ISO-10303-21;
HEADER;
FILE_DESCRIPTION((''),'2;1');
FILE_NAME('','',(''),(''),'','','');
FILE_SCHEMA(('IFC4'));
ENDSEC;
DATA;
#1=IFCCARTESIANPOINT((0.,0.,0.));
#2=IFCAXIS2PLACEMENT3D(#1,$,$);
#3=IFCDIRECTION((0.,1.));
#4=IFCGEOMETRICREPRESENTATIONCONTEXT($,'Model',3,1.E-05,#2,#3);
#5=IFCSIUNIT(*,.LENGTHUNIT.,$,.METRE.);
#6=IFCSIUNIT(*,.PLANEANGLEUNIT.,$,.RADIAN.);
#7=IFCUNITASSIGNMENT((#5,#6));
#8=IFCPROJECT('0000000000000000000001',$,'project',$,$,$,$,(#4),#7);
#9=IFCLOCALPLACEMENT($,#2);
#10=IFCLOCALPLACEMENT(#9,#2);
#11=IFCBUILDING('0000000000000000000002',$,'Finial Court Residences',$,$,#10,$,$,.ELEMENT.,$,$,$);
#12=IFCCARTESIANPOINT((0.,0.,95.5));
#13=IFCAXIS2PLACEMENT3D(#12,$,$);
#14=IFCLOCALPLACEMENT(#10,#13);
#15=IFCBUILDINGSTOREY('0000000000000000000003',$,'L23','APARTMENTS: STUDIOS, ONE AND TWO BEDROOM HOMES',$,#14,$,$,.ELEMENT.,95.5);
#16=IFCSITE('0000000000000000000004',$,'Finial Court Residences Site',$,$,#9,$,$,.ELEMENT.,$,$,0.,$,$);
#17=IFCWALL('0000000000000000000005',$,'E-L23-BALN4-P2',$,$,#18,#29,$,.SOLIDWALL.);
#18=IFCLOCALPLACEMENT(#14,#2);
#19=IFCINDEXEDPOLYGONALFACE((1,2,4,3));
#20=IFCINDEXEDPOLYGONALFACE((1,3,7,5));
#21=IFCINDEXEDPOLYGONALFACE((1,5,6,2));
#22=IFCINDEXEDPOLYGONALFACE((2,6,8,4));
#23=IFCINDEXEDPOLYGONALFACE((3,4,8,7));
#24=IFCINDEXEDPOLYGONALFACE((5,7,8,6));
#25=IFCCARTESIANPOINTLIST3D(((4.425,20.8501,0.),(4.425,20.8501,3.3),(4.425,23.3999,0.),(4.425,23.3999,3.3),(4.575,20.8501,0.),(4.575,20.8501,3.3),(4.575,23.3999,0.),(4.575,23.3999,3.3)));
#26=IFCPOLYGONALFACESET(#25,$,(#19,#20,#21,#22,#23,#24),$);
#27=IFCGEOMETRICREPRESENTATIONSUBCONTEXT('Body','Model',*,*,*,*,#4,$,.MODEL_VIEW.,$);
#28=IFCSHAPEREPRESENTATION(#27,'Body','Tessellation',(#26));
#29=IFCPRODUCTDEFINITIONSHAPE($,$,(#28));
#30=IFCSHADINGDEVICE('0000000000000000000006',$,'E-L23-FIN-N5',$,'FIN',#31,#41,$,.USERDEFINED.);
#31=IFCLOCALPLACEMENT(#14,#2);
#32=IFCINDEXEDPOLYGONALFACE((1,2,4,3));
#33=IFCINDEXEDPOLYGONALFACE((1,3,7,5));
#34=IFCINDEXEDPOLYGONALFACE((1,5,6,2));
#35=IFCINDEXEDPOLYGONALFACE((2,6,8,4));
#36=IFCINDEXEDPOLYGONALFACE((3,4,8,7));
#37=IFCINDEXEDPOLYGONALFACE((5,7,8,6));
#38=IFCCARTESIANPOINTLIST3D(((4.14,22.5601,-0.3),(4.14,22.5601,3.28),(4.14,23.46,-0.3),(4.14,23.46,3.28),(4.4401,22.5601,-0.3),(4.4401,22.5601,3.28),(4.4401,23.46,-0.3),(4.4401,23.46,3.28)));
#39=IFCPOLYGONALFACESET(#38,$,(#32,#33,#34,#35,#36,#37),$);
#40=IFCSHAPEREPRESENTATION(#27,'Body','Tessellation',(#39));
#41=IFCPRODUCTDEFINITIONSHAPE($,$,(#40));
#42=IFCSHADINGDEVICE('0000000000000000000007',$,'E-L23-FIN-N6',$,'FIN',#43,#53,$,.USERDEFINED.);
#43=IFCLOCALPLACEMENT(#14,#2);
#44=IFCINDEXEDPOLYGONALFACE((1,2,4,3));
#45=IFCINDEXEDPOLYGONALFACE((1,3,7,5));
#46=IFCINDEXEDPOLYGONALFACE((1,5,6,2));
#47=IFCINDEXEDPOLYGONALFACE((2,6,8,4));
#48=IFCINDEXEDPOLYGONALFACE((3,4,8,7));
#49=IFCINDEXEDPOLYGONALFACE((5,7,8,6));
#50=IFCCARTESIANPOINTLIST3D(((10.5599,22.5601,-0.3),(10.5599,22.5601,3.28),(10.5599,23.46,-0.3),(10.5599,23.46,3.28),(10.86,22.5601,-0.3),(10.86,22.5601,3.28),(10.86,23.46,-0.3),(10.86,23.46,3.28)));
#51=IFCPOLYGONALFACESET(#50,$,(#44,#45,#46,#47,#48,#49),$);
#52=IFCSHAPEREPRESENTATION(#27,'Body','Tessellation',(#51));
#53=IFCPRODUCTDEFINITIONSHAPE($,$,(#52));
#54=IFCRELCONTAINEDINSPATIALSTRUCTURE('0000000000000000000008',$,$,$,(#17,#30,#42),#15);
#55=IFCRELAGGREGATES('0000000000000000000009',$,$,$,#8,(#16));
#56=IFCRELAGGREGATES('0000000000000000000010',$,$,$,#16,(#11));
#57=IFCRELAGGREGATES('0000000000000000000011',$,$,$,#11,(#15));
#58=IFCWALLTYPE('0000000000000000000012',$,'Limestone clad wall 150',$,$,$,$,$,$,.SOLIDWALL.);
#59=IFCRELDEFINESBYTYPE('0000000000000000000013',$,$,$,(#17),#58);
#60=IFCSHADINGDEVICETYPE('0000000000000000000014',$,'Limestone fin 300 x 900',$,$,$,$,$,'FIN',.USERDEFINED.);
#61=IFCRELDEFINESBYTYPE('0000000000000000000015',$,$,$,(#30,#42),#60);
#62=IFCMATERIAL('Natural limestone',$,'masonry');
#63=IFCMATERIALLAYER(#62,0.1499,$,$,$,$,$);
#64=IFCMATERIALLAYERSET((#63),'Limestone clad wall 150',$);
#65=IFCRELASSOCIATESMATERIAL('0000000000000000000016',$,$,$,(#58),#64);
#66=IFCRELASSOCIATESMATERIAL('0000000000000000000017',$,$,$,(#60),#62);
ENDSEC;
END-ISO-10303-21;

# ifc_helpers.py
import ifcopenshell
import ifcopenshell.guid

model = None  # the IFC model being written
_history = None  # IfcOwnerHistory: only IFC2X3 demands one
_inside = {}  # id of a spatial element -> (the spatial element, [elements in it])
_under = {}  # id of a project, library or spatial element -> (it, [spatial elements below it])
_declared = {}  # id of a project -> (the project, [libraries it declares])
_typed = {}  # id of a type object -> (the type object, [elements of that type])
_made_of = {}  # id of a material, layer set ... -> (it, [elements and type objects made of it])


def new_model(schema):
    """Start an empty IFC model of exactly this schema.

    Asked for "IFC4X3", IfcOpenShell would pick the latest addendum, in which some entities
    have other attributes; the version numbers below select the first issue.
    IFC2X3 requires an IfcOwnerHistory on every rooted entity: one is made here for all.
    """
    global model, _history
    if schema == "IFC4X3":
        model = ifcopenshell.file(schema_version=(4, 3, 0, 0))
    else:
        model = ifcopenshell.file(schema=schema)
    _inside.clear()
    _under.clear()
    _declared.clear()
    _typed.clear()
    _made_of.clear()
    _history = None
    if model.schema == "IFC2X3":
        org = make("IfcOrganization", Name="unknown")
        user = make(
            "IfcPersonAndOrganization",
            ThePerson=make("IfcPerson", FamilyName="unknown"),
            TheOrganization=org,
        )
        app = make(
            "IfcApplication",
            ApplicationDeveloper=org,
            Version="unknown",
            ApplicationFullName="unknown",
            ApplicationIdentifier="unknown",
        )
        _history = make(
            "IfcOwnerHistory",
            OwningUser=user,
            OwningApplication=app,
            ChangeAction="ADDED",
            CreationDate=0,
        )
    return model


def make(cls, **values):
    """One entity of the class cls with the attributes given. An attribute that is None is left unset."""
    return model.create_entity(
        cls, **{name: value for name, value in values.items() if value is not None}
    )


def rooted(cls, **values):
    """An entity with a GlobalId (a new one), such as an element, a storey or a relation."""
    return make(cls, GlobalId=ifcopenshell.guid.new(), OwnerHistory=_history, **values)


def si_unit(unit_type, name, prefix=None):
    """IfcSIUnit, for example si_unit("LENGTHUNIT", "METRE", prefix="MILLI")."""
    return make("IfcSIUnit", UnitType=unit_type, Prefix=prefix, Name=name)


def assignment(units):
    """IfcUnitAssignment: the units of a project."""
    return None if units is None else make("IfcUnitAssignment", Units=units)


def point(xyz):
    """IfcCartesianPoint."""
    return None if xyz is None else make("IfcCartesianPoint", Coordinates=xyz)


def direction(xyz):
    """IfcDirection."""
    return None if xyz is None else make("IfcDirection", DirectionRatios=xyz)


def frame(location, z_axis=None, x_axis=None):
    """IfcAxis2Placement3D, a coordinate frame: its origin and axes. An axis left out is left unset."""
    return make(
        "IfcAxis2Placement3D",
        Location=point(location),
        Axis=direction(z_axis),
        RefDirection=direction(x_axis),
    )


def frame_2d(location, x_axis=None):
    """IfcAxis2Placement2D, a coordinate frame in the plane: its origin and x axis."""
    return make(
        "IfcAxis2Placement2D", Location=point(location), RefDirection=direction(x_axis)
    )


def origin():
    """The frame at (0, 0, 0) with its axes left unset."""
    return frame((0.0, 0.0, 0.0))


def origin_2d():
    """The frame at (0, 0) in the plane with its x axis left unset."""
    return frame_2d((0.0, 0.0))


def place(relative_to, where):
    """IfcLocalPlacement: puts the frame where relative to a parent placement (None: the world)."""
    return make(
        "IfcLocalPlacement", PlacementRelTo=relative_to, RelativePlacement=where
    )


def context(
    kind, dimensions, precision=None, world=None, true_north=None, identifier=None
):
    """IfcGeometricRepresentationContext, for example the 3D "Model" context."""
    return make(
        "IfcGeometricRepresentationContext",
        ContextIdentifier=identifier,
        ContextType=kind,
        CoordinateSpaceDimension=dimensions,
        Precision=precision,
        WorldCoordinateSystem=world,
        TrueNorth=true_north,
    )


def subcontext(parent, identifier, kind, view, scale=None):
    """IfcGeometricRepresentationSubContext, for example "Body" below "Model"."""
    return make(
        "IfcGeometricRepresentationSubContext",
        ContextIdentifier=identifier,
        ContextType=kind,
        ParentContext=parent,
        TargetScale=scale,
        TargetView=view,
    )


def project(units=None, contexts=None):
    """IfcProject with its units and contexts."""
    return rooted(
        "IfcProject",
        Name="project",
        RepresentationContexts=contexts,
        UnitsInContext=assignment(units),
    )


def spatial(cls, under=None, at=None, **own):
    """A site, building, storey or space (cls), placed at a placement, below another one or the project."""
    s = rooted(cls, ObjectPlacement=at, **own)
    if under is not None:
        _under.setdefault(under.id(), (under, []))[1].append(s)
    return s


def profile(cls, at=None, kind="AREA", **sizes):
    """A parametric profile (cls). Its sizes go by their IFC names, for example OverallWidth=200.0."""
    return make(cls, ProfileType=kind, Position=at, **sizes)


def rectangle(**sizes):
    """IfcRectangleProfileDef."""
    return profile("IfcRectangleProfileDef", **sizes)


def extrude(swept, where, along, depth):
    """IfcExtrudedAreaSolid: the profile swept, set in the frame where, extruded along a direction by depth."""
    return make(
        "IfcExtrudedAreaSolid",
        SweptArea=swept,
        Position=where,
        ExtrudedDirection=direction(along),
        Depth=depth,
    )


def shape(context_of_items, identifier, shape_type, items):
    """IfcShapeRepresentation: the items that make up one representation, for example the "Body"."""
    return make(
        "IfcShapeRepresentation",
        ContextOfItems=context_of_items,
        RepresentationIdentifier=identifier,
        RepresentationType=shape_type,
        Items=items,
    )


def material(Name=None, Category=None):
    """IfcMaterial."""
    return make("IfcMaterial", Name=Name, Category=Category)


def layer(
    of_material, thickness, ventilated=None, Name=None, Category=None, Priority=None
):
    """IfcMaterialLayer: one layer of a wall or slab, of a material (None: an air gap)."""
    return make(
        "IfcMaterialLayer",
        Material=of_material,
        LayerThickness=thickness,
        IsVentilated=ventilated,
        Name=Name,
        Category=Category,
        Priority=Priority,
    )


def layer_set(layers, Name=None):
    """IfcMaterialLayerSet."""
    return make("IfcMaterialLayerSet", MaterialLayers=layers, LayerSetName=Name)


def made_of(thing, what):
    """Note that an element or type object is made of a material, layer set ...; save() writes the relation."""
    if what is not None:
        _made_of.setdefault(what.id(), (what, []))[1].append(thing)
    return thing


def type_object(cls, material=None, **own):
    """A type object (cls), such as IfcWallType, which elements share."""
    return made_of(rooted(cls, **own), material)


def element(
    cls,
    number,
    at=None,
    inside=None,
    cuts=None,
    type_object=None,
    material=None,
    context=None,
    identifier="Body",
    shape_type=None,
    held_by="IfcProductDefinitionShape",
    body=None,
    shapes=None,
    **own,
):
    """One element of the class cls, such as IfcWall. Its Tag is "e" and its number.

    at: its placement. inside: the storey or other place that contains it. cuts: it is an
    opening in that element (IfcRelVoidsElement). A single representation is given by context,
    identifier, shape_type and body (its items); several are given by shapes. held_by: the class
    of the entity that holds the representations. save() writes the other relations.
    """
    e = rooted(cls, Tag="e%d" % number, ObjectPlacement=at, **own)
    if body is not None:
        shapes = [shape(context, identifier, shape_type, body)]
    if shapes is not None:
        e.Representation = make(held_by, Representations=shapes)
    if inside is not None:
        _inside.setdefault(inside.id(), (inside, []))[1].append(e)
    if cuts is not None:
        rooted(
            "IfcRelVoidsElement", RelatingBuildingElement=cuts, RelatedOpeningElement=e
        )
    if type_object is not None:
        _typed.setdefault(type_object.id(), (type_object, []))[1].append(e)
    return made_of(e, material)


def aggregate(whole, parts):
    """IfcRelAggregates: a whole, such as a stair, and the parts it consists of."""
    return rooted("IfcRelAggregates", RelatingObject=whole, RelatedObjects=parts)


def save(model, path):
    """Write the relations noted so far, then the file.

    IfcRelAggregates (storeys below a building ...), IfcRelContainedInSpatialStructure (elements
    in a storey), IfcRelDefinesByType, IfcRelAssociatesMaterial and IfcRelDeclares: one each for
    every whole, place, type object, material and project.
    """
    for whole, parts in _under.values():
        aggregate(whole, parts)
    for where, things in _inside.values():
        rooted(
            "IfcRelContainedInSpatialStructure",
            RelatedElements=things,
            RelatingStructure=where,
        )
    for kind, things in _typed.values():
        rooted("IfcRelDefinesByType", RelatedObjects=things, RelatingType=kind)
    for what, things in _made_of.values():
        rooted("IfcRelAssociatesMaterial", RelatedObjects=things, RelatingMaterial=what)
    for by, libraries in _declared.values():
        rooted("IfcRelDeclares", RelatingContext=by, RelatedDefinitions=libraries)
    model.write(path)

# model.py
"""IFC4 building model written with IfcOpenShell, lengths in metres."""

from ifc_helpers import new_model, si_unit, direction, frame, frame_2d, origin, origin_2d, place, context, subcontext, project, spatial, rectangle, extrude, material, layer, layer_set, type_object, element, save


model = new_model("IFC4")

# Units and contexts
model_context = context("Model", 3, precision=1e-05, world=origin(), true_north=direction((0.0, 1.0)))
body_context = subcontext(model_context, "Body", "Model", "MODEL_VIEW")
ifc_project = project(units=[si_unit("LENGTHUNIT", "METRE"), si_unit("PLANEANGLEUNIT", "RADIAN")], contexts=[model_context])

# Site, building, storey
site_placement = place(None, origin())
site = spatial("IfcSite", under=ifc_project, at=site_placement, Name="Finial Court Residences Site", CompositionType="ELEMENT", RefElevation=0.0)
building_placement = place(site_placement, origin())
building = spatial("IfcBuilding", under=site, at=building_placement, Name="Finial Court Residences", CompositionType="ELEMENT")
storey_placement = place(building_placement, frame((0.0, 0.0, 95.5)))
storey = spatial("IfcBuildingStorey", under=building, at=storey_placement, Name="L23", Description="APARTMENTS: STUDIOS, ONE AND TWO BEDROOM HOMES", CompositionType="ELEMENT", Elevation=95.5)

# Wall
ifc_material_1 = material(Name="Natural limestone", Category="masonry")
ifc_layer_1 = layer(ifc_material_1, 0.1499)
ifc_layer_set_1 = layer_set([ifc_layer_1], Name="Limestone clad wall 150")
wall_type_1 = type_object("IfcWallType", Name="Limestone clad wall 150", PredefinedType="SOLIDWALL", material=ifc_layer_set_1)
wall_1_placement = place(storey_placement, frame((4.5, 20.8501, 0.0), z_axis=(0.0, 0.0, 1.0), x_axis=(0.0, 1.0, 0.0)))
element("IfcWall", 1, at=wall_1_placement, inside=storey, type_object=wall_type_1, Name="E-L23-BALN4-P2", PredefinedType="SOLIDWALL", context=body_context, shape_type="SweptSolid", body=[
    extrude(rectangle(XDim=2.5498, YDim=0.1499, at=frame_2d((1.2749, 0.0))), origin(), (0.0, 0.0, 1.0), 3.3),
])

# Shading devices
shading_device_type = type_object("IfcShadingDeviceType", Name="Limestone fin 300 x 900", ElementType="FIN", PredefinedType="USERDEFINED", material=ifc_material_1)
for number, where, z_axis, x_axis, name in (
    (2, (4.29, 23.01, -0.3), (0.0, 0.0, 1.0), (1.0, 0.0, 0.0), "E-L23-FIN-N5"),
    (3, (10.71, 23.01, -0.3), (0.0, 0.0, 1.0), (1.0, 0.0, 0.0), "E-L23-FIN-N6"),
):
    element("IfcShadingDevice", number, at=place(storey_placement, frame(where, z_axis=z_axis, x_axis=x_axis)), inside=storey, type_object=shading_device_type, Name=name, ObjectType="FIN", PredefinedType="USERDEFINED", context=body_context, shape_type="SweptSolid", body=[
        extrude(rectangle(XDim=0.3, YDim=0.8999, at=origin_2d()), origin(), (0.0, 0.0, 1.0), 3.5801),
    ])

save(model, "model.ifc")
